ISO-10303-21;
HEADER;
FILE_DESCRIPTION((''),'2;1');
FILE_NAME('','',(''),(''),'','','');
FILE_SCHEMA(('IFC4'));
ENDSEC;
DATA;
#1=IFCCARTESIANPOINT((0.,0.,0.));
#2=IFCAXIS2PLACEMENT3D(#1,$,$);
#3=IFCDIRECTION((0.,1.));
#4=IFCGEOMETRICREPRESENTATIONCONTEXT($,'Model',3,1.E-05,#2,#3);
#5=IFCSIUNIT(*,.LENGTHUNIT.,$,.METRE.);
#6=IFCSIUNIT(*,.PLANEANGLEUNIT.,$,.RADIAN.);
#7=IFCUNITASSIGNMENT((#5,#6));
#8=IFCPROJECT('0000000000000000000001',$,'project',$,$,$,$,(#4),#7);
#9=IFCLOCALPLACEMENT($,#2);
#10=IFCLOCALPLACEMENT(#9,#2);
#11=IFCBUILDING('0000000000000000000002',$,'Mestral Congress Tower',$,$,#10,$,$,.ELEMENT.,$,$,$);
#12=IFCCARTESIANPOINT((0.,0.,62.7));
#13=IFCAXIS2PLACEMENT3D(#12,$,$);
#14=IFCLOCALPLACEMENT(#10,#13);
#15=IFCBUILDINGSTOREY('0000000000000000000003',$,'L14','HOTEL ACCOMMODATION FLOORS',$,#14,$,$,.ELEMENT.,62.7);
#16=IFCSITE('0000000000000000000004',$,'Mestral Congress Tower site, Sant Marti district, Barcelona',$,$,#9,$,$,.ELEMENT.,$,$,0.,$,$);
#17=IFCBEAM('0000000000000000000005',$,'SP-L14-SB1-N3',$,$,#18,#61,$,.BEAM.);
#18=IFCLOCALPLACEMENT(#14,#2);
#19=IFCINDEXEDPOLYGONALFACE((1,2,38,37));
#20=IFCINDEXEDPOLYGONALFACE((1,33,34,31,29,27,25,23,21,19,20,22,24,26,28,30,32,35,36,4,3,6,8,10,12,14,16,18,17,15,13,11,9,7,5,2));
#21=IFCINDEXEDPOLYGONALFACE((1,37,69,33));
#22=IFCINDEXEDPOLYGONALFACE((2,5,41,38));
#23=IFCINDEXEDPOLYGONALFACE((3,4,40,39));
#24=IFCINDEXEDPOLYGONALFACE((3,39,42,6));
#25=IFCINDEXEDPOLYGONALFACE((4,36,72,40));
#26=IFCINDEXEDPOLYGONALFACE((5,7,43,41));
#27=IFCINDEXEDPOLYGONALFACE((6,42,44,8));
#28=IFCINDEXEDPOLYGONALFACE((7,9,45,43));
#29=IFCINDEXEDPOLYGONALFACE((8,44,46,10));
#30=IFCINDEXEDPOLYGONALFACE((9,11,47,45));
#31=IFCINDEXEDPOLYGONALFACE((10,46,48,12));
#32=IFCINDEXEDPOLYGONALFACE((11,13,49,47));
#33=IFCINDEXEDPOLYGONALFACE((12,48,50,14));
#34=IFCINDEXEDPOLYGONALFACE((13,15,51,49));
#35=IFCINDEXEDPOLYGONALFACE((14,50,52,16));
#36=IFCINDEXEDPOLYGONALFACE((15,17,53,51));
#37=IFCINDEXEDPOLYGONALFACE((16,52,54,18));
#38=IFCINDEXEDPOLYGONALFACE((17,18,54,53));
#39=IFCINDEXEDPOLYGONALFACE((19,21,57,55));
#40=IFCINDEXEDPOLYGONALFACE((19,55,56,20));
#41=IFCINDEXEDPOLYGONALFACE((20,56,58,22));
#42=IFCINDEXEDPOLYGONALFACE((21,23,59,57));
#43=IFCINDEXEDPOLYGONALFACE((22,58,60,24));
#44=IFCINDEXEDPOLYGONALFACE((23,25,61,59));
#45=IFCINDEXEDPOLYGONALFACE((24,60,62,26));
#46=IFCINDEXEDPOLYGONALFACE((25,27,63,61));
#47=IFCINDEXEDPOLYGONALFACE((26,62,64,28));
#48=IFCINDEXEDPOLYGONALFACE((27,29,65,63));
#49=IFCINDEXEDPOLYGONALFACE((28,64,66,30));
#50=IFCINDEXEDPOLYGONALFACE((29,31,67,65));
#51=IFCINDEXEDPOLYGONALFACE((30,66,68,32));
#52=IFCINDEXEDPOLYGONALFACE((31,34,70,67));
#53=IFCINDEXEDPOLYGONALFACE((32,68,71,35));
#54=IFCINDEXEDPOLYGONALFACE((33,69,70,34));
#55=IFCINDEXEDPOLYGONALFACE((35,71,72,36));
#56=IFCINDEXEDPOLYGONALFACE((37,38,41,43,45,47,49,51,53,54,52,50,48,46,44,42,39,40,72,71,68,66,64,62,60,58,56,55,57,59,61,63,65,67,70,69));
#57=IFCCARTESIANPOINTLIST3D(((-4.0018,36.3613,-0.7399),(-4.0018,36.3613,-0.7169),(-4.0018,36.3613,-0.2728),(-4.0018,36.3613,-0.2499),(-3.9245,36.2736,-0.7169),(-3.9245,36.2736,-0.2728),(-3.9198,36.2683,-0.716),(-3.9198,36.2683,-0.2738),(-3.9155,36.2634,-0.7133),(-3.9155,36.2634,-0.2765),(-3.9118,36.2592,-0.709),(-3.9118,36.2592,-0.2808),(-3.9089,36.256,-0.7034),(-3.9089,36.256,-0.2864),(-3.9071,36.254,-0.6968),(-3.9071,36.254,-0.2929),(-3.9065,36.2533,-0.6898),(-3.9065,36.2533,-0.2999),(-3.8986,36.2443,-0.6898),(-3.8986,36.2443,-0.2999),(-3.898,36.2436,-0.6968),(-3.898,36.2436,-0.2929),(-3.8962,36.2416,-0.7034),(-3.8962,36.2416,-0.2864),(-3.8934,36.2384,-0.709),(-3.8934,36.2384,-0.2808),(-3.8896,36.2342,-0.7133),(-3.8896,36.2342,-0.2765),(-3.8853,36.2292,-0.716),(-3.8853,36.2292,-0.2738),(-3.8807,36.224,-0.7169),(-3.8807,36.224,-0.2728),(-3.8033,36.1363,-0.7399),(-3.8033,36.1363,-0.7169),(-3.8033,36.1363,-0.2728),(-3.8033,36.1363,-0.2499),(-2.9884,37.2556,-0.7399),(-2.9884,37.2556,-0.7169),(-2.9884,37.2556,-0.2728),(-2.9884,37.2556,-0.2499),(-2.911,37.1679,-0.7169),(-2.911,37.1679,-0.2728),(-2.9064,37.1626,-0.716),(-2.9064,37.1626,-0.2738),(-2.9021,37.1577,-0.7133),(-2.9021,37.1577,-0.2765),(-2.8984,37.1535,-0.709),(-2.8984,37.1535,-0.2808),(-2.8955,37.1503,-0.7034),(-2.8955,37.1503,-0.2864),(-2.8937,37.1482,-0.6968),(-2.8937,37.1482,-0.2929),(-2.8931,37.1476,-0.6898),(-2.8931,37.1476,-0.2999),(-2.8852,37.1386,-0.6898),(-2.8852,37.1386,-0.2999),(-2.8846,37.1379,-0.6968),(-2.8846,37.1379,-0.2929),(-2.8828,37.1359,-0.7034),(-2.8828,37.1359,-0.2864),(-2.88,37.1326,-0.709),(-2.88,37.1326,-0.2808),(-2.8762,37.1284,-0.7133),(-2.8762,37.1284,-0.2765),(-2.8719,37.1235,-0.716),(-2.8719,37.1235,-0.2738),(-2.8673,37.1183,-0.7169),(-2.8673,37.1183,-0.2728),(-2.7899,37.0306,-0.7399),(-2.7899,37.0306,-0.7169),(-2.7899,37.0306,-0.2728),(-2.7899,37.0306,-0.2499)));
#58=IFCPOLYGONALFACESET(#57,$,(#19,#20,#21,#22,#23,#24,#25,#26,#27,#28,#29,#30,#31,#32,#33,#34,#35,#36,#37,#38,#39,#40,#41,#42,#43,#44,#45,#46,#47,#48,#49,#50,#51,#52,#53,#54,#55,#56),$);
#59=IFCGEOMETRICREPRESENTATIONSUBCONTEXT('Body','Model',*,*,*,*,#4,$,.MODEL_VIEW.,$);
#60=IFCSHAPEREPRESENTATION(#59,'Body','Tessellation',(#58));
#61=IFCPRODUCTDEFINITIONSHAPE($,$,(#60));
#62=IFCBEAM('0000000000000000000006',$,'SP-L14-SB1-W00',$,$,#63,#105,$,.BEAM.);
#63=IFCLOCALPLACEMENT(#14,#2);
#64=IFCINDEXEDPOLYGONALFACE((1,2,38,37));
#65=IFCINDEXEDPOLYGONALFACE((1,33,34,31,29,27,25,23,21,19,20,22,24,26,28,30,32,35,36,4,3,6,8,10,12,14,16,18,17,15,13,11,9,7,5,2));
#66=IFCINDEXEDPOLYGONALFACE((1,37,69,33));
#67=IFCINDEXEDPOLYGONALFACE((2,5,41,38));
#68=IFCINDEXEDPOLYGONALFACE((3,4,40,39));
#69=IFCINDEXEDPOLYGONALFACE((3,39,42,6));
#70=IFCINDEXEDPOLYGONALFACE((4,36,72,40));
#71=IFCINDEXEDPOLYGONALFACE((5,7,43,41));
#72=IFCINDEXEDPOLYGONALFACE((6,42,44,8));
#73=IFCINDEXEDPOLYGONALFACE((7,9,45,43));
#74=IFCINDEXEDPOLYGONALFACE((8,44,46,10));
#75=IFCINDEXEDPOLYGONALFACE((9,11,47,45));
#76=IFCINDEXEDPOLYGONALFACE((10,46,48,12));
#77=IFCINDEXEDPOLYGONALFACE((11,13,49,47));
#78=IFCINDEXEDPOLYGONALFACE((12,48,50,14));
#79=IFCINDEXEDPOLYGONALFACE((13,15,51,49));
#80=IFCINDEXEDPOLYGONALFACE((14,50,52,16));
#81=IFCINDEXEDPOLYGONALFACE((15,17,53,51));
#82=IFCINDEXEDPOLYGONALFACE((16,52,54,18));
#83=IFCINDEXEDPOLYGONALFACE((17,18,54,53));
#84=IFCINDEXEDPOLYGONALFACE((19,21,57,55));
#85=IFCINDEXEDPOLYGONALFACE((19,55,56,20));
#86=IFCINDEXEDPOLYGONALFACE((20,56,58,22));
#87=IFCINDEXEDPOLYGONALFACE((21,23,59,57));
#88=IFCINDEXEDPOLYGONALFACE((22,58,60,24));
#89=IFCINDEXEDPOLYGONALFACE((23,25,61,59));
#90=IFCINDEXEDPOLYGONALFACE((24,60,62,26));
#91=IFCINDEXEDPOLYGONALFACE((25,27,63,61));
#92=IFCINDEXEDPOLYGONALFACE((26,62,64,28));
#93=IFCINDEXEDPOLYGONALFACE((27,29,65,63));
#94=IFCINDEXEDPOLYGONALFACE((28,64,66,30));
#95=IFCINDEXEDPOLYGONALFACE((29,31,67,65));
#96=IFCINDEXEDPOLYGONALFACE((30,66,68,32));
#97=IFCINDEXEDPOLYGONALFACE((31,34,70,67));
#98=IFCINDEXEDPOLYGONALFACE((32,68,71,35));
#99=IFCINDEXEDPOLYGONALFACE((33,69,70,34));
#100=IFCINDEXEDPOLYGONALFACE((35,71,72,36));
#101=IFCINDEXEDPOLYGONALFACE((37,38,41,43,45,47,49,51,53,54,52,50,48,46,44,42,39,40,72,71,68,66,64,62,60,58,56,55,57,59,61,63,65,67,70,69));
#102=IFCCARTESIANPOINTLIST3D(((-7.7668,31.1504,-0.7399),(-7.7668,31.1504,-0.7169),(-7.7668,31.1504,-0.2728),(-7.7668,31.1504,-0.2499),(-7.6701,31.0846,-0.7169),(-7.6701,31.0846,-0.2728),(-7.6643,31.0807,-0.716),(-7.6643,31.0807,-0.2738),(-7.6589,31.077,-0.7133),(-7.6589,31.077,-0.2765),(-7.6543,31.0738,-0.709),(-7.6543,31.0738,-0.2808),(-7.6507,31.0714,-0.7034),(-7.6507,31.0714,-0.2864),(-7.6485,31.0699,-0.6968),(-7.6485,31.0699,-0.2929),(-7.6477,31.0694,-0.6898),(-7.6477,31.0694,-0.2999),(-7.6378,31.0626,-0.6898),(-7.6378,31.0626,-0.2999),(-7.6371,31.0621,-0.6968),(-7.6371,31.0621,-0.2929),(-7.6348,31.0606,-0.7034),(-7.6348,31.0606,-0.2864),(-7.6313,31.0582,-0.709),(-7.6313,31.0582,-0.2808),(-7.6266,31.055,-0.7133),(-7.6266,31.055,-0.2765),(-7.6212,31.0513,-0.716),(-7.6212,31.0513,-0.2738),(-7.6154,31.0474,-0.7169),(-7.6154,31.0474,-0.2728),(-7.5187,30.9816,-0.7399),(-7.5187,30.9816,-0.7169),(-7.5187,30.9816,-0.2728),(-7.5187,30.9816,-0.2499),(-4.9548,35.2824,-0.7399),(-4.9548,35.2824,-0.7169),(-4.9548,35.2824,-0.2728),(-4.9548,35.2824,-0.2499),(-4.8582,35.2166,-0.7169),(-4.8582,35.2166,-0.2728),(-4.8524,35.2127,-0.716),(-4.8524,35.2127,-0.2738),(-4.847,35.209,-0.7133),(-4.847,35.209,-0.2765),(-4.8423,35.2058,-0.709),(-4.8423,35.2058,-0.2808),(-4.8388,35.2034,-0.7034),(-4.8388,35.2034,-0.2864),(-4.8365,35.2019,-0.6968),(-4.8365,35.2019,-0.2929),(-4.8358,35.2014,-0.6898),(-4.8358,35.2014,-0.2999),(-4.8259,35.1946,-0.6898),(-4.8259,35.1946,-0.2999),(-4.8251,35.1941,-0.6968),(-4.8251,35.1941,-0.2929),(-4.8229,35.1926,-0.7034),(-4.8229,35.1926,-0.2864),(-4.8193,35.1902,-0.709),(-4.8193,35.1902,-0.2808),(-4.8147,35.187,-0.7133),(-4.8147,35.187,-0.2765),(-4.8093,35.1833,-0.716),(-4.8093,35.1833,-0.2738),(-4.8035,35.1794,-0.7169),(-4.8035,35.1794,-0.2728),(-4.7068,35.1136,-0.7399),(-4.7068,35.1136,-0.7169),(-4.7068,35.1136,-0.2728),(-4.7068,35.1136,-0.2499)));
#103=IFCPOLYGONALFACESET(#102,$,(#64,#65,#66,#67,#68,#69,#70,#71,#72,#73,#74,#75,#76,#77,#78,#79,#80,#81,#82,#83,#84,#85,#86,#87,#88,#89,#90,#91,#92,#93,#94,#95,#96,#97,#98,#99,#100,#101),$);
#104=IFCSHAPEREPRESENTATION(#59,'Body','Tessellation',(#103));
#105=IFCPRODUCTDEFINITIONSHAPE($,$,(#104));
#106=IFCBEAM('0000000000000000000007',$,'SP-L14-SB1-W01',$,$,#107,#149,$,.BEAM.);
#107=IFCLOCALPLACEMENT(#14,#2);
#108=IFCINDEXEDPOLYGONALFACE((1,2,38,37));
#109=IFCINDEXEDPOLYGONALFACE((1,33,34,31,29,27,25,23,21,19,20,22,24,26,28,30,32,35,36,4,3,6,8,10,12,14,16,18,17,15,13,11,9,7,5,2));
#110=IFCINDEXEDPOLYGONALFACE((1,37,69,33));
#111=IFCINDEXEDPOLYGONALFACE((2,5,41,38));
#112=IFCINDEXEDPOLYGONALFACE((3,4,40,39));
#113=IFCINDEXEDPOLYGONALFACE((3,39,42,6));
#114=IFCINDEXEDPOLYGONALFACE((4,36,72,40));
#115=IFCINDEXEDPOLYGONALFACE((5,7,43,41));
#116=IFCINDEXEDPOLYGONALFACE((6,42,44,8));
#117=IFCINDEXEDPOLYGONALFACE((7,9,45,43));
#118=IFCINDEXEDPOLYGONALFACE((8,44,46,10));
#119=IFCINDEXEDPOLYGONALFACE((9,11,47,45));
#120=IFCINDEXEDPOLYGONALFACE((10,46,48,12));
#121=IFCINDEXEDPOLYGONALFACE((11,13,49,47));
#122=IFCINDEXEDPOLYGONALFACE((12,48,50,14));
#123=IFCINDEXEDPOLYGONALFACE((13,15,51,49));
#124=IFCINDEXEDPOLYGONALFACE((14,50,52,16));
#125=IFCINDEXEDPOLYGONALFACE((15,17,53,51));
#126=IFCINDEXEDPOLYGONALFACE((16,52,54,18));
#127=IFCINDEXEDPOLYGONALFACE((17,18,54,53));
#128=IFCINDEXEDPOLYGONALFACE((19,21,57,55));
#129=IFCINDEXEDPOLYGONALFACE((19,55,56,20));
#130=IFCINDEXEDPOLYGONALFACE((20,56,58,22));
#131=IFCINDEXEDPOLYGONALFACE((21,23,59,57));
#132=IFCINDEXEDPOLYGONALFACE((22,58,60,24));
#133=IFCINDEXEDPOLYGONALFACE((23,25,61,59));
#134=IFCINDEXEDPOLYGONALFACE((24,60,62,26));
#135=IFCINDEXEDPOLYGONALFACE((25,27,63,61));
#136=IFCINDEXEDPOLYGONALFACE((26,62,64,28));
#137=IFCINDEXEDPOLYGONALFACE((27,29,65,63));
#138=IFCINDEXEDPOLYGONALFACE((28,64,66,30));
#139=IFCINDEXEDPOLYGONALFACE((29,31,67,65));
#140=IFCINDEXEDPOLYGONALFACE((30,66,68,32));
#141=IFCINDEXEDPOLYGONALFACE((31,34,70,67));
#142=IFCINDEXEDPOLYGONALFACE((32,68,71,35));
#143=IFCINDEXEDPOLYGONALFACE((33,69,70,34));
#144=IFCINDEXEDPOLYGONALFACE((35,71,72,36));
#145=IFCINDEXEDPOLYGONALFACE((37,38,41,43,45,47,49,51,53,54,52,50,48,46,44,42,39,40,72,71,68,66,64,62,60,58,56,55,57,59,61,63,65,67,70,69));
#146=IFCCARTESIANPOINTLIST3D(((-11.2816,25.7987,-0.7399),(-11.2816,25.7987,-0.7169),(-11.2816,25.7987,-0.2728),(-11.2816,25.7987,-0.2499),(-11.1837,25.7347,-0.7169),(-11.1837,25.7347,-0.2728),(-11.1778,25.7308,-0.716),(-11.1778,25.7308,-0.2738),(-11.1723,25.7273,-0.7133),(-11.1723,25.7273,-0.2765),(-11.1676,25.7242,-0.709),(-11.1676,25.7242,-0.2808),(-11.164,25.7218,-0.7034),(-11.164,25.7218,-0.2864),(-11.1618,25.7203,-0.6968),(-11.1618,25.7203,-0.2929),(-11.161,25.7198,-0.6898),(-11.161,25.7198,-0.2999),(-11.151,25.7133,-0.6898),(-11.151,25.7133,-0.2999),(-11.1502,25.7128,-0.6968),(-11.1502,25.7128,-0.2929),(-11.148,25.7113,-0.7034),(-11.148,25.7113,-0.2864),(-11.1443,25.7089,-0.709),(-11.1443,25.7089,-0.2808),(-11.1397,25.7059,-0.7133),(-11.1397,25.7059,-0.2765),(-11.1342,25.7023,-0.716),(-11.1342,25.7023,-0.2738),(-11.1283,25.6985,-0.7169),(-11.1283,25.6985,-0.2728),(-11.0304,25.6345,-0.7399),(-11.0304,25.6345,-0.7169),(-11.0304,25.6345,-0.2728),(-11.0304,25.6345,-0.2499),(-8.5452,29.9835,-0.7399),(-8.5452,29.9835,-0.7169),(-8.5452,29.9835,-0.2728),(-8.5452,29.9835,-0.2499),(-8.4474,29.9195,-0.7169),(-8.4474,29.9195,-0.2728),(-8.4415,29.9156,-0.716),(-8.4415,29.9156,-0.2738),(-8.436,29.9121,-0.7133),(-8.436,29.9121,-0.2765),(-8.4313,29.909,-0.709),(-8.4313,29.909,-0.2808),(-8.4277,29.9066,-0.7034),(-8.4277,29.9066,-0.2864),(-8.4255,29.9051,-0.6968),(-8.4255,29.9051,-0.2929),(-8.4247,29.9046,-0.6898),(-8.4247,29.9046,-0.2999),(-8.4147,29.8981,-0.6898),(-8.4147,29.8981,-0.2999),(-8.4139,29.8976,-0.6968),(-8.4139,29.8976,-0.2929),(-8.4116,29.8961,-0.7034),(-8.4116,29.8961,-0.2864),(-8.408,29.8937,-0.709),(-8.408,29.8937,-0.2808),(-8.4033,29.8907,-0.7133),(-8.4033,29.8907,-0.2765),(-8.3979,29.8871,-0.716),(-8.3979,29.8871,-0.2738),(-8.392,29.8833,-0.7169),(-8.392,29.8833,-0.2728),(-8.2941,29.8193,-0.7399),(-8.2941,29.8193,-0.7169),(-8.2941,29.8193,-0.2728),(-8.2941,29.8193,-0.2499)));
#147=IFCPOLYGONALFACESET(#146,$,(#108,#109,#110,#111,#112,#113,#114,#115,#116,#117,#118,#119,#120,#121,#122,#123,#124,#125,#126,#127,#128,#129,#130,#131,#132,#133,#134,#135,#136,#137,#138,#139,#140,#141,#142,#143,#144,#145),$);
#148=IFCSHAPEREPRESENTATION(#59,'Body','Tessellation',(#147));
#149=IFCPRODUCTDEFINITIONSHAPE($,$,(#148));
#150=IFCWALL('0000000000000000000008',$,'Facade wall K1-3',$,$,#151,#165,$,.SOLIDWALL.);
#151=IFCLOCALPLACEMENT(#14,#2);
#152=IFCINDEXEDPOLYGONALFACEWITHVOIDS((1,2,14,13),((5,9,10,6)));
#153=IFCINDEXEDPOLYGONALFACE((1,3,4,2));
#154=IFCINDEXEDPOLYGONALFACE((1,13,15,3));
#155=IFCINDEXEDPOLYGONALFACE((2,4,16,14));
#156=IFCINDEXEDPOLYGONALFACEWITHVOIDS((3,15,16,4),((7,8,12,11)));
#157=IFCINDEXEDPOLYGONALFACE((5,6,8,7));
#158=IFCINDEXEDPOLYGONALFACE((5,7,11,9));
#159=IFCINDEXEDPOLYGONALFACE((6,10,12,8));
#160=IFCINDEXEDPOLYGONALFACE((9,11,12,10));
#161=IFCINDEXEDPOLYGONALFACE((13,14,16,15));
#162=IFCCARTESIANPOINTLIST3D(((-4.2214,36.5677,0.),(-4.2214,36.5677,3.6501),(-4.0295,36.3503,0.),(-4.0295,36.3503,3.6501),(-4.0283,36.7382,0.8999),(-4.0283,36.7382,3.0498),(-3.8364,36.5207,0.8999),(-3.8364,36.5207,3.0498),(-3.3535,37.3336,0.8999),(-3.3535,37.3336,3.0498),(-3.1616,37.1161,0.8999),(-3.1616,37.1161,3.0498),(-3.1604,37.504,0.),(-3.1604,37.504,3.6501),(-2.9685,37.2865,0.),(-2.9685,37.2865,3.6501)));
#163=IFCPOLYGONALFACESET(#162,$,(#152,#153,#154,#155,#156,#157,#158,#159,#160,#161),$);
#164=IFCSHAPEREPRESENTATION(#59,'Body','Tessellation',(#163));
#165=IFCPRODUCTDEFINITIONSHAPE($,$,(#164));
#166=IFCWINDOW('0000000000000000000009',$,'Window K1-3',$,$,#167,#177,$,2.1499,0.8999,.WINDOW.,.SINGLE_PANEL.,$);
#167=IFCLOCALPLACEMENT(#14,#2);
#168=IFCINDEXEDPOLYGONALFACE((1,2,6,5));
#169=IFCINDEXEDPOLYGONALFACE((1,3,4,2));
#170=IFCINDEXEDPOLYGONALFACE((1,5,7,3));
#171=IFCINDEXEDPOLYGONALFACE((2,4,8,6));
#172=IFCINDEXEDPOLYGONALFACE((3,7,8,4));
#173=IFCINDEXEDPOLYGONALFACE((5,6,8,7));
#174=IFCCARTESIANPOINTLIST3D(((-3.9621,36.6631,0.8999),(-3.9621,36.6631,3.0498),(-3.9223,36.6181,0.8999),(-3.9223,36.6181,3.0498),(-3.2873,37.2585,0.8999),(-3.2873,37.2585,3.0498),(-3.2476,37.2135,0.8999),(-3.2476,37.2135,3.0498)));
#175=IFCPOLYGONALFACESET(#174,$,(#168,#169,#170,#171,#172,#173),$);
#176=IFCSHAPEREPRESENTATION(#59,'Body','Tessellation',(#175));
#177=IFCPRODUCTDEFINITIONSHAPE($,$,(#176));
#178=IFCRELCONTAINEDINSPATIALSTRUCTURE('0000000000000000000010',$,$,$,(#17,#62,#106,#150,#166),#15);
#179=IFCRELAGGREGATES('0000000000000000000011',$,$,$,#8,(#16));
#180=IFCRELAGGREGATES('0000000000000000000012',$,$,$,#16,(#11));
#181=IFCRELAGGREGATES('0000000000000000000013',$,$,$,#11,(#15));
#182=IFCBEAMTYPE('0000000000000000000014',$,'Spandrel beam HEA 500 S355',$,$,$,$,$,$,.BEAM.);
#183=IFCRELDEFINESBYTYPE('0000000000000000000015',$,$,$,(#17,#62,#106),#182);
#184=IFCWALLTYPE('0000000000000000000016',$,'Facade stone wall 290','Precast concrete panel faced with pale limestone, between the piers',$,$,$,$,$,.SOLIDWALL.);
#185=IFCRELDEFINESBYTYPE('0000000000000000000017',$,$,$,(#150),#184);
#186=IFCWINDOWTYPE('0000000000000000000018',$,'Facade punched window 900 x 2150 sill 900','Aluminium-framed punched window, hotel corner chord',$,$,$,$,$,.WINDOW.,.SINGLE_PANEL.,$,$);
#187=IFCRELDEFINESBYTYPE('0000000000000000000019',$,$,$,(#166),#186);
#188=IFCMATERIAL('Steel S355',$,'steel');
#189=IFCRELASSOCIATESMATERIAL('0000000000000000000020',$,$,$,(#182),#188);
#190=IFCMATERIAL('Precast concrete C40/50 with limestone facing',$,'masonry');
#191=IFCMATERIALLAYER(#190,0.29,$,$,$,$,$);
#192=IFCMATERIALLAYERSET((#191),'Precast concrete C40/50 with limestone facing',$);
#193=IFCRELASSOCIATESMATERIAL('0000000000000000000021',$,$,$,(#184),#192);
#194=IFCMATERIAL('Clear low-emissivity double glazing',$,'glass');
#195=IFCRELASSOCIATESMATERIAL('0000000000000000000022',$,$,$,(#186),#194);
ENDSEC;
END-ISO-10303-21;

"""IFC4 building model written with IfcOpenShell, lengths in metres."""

from ifc_helpers import new_model, si_unit, direction, frame, frame_2d, origin, origin_2d, place, context, subcontext, project, spatial, rectangle, i_section, extrude, material, layer, layer_set, material_profile, profile_set, type_object, element, fill, save


model = new_model("IFC4")

# Units and contexts
model_context = context("Model", 3, precision=1e-05, world=origin(), true_north=direction((0.0, 1.0)))
body_context = subcontext(model_context, "Body", "Model", "MODEL_VIEW")
ifc_project = project(units=[si_unit("LENGTHUNIT", "METRE"), si_unit("PLANEANGLEUNIT", "RADIAN")], contexts=[model_context])

# Site, building, storey
site_placement = place(None, origin())
site = spatial("IfcSite", under=ifc_project, at=site_placement, Name="Mestral Congress Tower site, Sant Marti district, Barcelona", CompositionType="ELEMENT", RefElevation=0.0)
building_placement = place(site_placement, origin())
building = spatial("IfcBuilding", under=site, at=building_placement, Name="Mestral Congress Tower", CompositionType="ELEMENT")
storey_placement = place(building_placement, frame((0.0, 0.0, 62.7)))
storey = spatial("IfcBuildingStorey", under=building, at=storey_placement, Name="L14", Description="HOTEL ACCOMMODATION FLOORS", CompositionType="ELEMENT", Elevation=62.7)

# Beams
ifc_material_1 = material(Name="Steel S355", Category="steel")
ifc_material_profile_1 = material_profile(ifc_material_1, i_section(OverallWidth=0.3, OverallDepth=0.49, WebThickness=0.012, FlangeThickness=0.0229, FilletRadius=0.0271, at=origin_2d()), Name="HEA 500")
ifc_profile_set_1 = profile_set([ifc_material_profile_1], Name="Steel S355")
beam_type_1 = type_object("IfcBeamType", Name="Spandrel beam HEA 500 S355", PredefinedType="BEAM", material=ifc_profile_set_1)
beam_1_placement = place(storey_placement, frame((-2.8892, 37.1431, -0.4949), z_axis=(-0.749806, -0.661657, 0.0), x_axis=(0.661657, -0.749806, 0.0)))
element("IfcBeam", 1, at=beam_1_placement, inside=storey, type_object=beam_type_1, Name="SP-L14-SB1-N3", PredefinedType="BEAM", context=body_context, shape_type="SweptSolid", body=[
    extrude(i_section(OverallWidth=0.3, OverallDepth=0.49, WebThickness=0.012, FlangeThickness=0.0229, FilletRadius=0.0271, at=origin_2d()), origin(), (0.0, 0.0, 1.0), 1.3516),
])
beam_2_placement = place(storey_placement, frame((-4.8308, 35.198, -0.4949), z_axis=(-0.562611, -0.826722, 0.0), x_axis=(0.826722, -0.562611, 0.0)))
element("IfcBeam", 2, at=beam_2_placement, inside=storey, type_object=beam_type_1, Name="SP-L14-SB1-W00", PredefinedType="BEAM", context=body_context, shape_type="SweptSolid", body=[
    extrude(i_section(OverallWidth=0.3, OverallDepth=0.49, WebThickness=0.012, FlangeThickness=0.0229, FilletRadius=0.0271, at=origin_2d()), origin(), (0.0, 0.0, 1.0), 4.998),
])
beam_3_placement = place(storey_placement, frame((-8.4197, 29.9014, -0.4949), z_axis=(-0.547264, -0.83696, 0.0), x_axis=(0.83696, -0.547264, 0.0)))
element("IfcBeam", 3, at=beam_3_placement, inside=storey, type_object=beam_type_1, Name="SP-L14-SB1-W01", PredefinedType="BEAM", context=body_context, shape_type="SweptSolid", body=[
    extrude(i_section(OverallWidth=0.3, OverallDepth=0.49, WebThickness=0.012, FlangeThickness=0.0229, FilletRadius=0.0271, at=origin_2d()), origin(), (0.0, 0.0, 1.0), 5.0),
])

# Wall, opening, window
ifc_material_2 = material(Name="Precast concrete C40/50 with limestone facing", Category="masonry")
ifc_layer_1 = layer(ifc_material_2, 0.29)
ifc_layer_set_1 = layer_set([ifc_layer_1], Name="Precast concrete C40/50 with limestone facing")
wall_type_1 = type_object("IfcWallType", Name="Facade stone wall 290", Description="Precast concrete panel faced with pale limestone, between the piers", PredefinedType="SOLIDWALL", material=ifc_layer_set_1)
wall_1_placement = place(storey_placement, frame((-3.0645, 37.3953, 0.0), z_axis=(0.0, 0.0, 1.0), x_axis=(-0.749813, -0.66165, 0.0)))
wall_1 = element("IfcWall", 4, at=wall_1_placement, inside=storey, type_object=wall_type_1, Name="Facade wall K1-3", PredefinedType="SOLIDWALL", context=body_context, shape_type="SweptSolid", body=[
    extrude(rectangle(XDim=1.415, YDim=0.29, at=frame_2d((0.7075, 0.0))), origin(), (0.0, 0.0, 1.0), 3.6501),
])
opening_1_placement = place(wall_1_placement, frame((0.2576, 0.0, 0.8999)))
opening_1 = element("IfcOpeningElement", 5, at=opening_1_placement, cuts=wall_1, PredefinedType="OPENING", context=body_context, shape_type="SweptSolid", body=[
    extrude(rectangle(XDim=0.8999, YDim=2.1499, at=frame_2d((0.45, 1.075))), frame((0.0, 0.155, 0.0), z_axis=(0.0, -1.0, 0.0), x_axis=(1.0, 0.0, 0.0)), (0.0, 0.0, 1.0), 0.3101),
])
ifc_material_3 = material(Name="Clear low-emissivity double glazing", Category="glass")
window_type_1 = type_object("IfcWindowType", Name="Facade punched window 900 x 2150 sill 900", Description="Aluminium-framed punched window, hotel corner chord", PartitioningType="SINGLE_PANEL", PredefinedType="WINDOW", material=ifc_material_3)
window_1_placement = place(opening_1_placement, origin())
window_1 = element("IfcWindow", 6, at=window_1_placement, inside=storey, type_object=window_type_1, Name="Window K1-3", OverallHeight=2.1499, OverallWidth=0.8999, PartitioningType="SINGLE_PANEL", PredefinedType="WINDOW", context=body_context, shape_type="SweptSolid", body=[
    extrude(rectangle(XDim=0.8999, YDim=2.1499, at=frame_2d((0.45, 1.075))), frame((0.0, 0.0151, 0.0), z_axis=(0.0, -1.0, 0.0), x_axis=(1.0, 0.0, 0.0)), (0.0, 0.0, 1.0), 0.0601),
])
fill(opening_1, window_1)

save(model, "model.ifc")
